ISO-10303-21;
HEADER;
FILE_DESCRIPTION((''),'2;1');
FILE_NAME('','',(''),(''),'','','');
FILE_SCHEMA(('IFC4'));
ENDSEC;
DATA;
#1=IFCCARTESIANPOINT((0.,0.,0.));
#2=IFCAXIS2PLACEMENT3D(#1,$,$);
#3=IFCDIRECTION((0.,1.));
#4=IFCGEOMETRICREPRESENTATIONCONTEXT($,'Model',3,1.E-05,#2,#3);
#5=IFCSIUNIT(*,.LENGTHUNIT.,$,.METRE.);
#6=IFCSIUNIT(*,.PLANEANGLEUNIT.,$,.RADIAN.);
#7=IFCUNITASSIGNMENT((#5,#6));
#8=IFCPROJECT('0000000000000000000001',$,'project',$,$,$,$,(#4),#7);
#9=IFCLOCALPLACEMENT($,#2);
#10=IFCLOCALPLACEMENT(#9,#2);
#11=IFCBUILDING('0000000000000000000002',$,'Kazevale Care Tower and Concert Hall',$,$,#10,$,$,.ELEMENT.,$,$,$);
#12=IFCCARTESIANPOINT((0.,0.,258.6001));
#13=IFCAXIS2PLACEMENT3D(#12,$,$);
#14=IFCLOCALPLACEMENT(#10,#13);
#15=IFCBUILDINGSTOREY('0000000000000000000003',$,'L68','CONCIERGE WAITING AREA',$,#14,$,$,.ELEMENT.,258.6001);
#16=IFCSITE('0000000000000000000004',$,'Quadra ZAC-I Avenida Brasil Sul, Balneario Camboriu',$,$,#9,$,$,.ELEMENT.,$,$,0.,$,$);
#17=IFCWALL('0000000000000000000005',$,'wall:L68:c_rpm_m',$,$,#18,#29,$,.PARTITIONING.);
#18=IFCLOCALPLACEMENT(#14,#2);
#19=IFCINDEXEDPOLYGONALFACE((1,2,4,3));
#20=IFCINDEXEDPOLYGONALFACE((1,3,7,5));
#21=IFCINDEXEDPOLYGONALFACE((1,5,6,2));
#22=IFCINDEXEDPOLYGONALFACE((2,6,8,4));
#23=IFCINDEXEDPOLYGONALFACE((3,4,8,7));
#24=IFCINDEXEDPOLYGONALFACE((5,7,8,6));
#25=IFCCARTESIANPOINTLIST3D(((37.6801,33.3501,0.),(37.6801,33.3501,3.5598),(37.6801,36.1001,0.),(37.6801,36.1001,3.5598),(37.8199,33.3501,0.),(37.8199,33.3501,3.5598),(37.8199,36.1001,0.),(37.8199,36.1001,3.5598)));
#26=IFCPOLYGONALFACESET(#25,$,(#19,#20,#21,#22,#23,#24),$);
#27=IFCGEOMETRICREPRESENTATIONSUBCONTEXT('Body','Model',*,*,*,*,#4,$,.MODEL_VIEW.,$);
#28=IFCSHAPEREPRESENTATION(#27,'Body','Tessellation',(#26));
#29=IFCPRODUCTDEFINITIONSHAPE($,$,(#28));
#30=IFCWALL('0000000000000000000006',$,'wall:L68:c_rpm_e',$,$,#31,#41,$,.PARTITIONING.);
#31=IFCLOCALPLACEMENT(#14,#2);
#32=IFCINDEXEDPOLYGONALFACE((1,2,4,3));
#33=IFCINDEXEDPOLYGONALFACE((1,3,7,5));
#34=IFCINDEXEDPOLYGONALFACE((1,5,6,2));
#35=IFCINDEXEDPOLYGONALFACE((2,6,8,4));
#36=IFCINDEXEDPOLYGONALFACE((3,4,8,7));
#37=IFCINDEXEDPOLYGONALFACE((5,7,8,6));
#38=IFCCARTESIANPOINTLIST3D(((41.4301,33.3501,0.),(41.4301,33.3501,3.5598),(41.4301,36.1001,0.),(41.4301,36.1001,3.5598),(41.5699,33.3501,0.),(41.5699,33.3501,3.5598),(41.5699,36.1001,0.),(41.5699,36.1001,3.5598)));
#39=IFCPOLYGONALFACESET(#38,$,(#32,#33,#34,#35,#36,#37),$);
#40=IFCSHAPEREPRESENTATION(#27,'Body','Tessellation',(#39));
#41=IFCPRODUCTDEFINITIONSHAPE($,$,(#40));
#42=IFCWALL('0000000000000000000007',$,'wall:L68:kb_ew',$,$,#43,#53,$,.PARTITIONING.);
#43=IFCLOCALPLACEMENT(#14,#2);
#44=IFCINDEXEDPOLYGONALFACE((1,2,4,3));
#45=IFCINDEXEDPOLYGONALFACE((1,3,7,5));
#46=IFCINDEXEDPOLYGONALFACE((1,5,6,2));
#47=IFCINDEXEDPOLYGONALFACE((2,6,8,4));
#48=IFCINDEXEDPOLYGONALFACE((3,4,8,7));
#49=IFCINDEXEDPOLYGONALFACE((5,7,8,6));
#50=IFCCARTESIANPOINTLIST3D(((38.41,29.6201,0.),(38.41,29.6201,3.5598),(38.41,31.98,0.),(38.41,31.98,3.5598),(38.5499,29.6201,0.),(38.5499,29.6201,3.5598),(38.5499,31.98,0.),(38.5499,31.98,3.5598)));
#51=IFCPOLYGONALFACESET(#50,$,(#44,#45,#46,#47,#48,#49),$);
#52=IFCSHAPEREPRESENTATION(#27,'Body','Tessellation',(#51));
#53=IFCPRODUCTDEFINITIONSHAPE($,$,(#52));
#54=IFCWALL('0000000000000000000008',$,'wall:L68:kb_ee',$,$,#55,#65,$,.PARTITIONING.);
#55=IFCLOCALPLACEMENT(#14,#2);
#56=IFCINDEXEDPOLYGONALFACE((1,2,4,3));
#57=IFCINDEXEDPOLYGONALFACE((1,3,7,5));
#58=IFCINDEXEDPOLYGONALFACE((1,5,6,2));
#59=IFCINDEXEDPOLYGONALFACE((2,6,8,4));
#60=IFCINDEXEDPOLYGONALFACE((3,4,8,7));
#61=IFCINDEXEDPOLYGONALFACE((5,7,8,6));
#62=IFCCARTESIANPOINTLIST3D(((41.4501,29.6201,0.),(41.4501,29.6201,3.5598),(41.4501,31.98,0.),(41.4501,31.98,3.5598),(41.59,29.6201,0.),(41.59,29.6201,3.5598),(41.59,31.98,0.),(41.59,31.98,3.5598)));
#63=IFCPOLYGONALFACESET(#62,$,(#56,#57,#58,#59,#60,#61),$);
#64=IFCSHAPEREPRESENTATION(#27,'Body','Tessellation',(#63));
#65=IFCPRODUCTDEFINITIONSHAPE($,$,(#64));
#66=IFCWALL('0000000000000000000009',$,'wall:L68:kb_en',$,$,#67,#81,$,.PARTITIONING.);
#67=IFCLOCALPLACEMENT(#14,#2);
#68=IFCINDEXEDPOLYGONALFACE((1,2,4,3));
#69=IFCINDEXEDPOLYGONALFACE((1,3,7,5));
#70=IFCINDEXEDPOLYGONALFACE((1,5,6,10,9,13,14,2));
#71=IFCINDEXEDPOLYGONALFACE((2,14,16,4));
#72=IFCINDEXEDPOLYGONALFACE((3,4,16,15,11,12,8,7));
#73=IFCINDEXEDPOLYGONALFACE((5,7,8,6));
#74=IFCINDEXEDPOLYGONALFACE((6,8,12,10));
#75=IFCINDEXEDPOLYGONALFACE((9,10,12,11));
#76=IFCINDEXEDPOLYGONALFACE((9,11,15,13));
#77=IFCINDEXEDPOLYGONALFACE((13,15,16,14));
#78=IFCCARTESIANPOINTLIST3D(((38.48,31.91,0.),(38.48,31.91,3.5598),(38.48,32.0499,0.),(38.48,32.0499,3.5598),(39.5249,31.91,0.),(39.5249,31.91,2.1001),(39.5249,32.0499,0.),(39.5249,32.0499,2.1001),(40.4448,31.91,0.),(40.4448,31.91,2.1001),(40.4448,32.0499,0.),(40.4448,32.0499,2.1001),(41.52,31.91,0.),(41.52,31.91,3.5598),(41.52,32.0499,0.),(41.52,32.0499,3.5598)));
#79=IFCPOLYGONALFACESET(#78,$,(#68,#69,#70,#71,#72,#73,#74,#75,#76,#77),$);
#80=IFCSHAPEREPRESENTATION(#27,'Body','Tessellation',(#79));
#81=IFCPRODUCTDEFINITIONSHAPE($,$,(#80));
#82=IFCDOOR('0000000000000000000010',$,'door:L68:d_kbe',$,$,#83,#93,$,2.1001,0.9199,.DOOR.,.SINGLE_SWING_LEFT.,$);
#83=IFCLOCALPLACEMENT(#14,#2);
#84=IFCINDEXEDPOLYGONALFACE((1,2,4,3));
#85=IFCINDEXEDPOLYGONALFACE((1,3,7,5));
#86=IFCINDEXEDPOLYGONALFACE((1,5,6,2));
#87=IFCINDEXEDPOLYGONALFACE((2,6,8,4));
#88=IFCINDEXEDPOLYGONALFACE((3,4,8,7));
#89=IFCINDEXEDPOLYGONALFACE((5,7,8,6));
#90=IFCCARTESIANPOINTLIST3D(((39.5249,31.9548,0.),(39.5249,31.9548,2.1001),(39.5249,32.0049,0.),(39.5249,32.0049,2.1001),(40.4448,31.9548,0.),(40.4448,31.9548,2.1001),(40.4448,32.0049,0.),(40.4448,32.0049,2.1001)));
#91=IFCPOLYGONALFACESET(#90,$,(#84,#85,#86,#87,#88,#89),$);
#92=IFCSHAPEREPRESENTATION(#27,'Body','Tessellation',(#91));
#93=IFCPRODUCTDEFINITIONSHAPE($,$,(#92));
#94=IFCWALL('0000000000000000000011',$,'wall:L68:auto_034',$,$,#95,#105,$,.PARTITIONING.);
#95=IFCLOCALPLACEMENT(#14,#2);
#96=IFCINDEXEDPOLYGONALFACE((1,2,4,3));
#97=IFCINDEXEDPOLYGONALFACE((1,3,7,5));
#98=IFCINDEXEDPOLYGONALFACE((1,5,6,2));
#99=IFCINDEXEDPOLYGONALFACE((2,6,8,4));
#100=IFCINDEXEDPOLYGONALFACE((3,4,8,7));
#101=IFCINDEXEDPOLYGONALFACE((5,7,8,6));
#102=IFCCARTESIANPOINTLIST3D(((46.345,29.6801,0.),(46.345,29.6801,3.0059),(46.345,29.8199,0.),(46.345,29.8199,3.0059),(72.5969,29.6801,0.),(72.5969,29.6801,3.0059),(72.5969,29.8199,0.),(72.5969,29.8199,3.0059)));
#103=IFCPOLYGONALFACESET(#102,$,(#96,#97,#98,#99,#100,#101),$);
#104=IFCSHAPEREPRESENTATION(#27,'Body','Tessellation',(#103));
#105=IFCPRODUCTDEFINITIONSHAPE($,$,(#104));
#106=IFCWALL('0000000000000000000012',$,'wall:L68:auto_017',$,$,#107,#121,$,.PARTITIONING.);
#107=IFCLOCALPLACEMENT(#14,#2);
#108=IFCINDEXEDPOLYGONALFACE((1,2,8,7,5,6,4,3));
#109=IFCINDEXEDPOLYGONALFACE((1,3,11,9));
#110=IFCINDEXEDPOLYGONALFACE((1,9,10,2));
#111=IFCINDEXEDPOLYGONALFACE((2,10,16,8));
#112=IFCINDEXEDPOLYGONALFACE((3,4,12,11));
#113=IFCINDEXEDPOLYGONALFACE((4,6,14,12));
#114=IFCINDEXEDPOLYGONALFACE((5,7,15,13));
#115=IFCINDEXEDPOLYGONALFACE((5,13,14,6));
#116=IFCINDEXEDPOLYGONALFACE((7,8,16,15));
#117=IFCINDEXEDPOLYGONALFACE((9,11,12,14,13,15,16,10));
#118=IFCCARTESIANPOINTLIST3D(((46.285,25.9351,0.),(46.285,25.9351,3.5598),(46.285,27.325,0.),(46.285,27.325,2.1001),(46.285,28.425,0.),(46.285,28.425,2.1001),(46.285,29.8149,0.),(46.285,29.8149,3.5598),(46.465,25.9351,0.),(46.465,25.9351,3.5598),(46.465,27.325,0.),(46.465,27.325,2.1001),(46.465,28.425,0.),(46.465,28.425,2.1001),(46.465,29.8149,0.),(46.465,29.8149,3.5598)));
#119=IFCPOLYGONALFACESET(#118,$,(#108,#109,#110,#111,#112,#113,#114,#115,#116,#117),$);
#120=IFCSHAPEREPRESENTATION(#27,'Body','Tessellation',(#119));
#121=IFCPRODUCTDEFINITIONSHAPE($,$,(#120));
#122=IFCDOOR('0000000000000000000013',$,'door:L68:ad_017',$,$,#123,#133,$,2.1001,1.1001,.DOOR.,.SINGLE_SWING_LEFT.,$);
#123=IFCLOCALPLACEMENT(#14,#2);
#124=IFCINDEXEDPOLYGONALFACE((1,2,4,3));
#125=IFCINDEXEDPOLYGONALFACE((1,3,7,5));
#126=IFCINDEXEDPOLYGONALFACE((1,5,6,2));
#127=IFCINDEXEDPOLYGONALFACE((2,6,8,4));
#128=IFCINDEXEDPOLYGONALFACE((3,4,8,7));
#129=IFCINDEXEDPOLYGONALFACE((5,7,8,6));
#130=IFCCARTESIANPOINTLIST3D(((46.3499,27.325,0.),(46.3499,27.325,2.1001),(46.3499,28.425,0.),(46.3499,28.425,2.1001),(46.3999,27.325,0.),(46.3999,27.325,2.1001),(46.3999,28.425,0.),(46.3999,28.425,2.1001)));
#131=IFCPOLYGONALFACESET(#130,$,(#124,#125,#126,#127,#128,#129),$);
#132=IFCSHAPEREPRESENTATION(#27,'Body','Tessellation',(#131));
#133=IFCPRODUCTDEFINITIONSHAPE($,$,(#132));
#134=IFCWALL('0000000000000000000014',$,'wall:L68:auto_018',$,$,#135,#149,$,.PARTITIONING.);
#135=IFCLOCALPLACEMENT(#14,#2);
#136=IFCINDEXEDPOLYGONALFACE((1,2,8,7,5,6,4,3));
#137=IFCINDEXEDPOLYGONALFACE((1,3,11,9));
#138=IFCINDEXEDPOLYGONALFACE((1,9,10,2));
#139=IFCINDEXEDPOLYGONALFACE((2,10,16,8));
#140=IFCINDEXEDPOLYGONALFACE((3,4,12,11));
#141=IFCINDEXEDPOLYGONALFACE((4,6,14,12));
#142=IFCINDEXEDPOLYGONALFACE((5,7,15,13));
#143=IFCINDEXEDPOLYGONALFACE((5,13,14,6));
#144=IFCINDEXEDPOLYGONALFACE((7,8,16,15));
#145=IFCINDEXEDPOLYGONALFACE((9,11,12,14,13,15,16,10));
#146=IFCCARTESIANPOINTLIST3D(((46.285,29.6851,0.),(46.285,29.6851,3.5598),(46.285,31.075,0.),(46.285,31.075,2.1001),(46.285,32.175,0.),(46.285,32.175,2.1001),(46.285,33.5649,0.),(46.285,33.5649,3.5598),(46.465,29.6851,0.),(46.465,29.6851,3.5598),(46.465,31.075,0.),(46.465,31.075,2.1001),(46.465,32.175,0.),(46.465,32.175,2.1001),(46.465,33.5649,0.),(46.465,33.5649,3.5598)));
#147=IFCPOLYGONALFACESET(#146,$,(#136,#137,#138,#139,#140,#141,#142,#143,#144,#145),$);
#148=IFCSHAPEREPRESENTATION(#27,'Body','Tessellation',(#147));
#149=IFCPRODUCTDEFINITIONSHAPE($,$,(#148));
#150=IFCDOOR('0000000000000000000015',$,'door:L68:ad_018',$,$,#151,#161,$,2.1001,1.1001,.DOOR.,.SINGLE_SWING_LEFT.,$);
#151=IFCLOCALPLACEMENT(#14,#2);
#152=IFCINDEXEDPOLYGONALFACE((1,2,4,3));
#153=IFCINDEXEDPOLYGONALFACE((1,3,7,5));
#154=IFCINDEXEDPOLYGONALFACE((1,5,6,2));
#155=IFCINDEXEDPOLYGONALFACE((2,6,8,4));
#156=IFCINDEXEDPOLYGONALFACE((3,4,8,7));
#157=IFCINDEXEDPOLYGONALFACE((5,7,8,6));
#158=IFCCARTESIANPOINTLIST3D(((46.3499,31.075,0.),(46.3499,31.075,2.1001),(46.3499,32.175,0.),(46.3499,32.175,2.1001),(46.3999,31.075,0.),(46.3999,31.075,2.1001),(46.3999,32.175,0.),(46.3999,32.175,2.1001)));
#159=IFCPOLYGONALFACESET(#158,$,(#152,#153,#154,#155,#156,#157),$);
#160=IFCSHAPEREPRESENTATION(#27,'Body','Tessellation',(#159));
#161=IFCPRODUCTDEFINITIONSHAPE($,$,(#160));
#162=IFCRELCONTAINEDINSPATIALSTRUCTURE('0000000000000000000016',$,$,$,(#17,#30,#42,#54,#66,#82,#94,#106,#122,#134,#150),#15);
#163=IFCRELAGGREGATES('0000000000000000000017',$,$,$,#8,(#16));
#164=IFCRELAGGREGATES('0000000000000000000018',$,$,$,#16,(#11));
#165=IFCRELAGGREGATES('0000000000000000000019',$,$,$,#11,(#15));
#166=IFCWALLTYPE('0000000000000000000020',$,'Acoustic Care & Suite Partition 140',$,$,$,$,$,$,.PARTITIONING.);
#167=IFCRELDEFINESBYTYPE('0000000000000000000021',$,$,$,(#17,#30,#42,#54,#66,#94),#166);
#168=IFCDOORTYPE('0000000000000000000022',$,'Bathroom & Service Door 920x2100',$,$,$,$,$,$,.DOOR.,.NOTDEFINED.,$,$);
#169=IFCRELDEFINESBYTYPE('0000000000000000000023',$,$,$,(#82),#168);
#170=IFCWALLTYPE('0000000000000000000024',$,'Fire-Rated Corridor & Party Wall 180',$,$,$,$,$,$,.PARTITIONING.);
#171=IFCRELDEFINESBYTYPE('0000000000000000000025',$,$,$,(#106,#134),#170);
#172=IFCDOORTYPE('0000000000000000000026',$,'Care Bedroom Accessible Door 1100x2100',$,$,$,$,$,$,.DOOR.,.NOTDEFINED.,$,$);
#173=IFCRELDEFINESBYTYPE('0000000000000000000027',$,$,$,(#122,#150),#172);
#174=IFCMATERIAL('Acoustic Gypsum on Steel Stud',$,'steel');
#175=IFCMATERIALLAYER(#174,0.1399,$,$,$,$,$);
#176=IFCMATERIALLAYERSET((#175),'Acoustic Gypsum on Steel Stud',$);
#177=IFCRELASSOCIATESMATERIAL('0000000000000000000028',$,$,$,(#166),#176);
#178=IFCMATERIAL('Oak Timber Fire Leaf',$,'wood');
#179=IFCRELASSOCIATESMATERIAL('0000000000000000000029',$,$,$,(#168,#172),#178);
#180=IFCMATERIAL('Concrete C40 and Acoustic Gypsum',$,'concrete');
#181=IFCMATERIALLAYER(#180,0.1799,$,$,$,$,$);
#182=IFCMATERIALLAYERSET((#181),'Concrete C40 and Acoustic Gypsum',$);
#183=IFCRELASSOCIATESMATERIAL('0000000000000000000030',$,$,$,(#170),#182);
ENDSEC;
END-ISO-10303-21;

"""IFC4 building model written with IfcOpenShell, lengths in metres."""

from ifc_helpers import new_model, si_unit, direction, frame, frame_2d, origin, place, context, subcontext, project, spatial, rectangle, extrude, material, layer, layer_set, type_object, element, fill, save


model = new_model("IFC4")

# Units and contexts
model_context = context("Model", 3, precision=1e-05, world=origin(), true_north=direction((0.0, 1.0)))
body_context = subcontext(model_context, "Body", "Model", "MODEL_VIEW")
ifc_project = project(units=[si_unit("LENGTHUNIT", "METRE"), si_unit("PLANEANGLEUNIT", "RADIAN")], contexts=[model_context])

# Site, building, storey
site_placement = place(None, origin())
site = spatial("IfcSite", under=ifc_project, at=site_placement, Name="Quadra ZAC-I Avenida Brasil Sul, Balneario Camboriu", CompositionType="ELEMENT", RefElevation=0.0)
building_placement = place(site_placement, origin())
building = spatial("IfcBuilding", under=site, at=building_placement, Name="Kazevale Care Tower and Concert Hall", CompositionType="ELEMENT")
storey_placement = place(building_placement, frame((0.0, 0.0, 258.6001)))
storey = spatial("IfcBuildingStorey", under=building, at=storey_placement, Name="L68", Description="CONCIERGE WAITING AREA", CompositionType="ELEMENT", Elevation=258.6001)

# Shared definitions
ifc_material_1 = material(Name="Acoustic Gypsum on Steel Stud", Category="steel")
ifc_layer_1 = layer(ifc_material_1, 0.1399)
ifc_layer_set_1 = layer_set([ifc_layer_1], Name="Acoustic Gypsum on Steel Stud")
wall_type_1 = type_object("IfcWallType", Name="Acoustic Care & Suite Partition 140", PredefinedType="PARTITIONING", material=ifc_layer_set_1)
ifc_material_2 = material(Name="Oak Timber Fire Leaf", Category="wood")
door_type_1 = type_object("IfcDoorType", Name="Bathroom & Service Door 920x2100", OperationType="NOTDEFINED", PredefinedType="DOOR", material=ifc_material_2)

# Walls
for number, where, z_axis, x_axis, name in (
    (1, (37.75, 33.3501, 0.0), (0.0, 0.0, 1.0), (0.0, 1.0, 0.0), "wall:L68:c_rpm_m"),
    (2, (41.5, 33.3501, 0.0), (0.0, 0.0, 1.0), (0.0, 1.0, 0.0), "wall:L68:c_rpm_e"),
):
    element("IfcWall", number, at=place(storey_placement, frame(where, z_axis=z_axis, x_axis=x_axis)), inside=storey, type_object=wall_type_1, Name=name, PredefinedType="PARTITIONING", context=body_context, shape_type="SweptSolid", body=[
        extrude(rectangle(XDim=2.75, YDim=0.1399, at=frame_2d((1.375, 0.0))), origin(), (0.0, 0.0, 1.0), 3.5598),
    ])
for number, where, z_axis, x_axis, name in (
    (3, (38.48, 29.6201, 0.0), (0.0, 0.0, 1.0), (0.0, 1.0, 0.0), "wall:L68:kb_ew"),
    (4, (41.52, 29.6201, 0.0), (0.0, 0.0, 1.0), (0.0, 1.0, 0.0), "wall:L68:kb_ee"),
):
    element("IfcWall", number, at=place(storey_placement, frame(where, z_axis=z_axis, x_axis=x_axis)), inside=storey, type_object=wall_type_1, Name=name, PredefinedType="PARTITIONING", context=body_context, shape_type="SweptSolid", body=[
        extrude(rectangle(XDim=2.3599, YDim=0.1399, at=frame_2d((1.1799, 0.0))), origin(), (0.0, 0.0, 1.0), 3.5598),
    ])

# Wall, opening, door
wall_1_placement = place(storey_placement, frame((38.48, 31.98, 0.0), z_axis=(0.0, 0.0, 1.0), x_axis=(1.0, 0.0, 0.0)))
wall_1 = element("IfcWall", 5, at=wall_1_placement, inside=storey, type_object=wall_type_1, Name="wall:L68:kb_en", PredefinedType="PARTITIONING", context=body_context, shape_type="SweptSolid", body=[
    extrude(rectangle(XDim=3.04, YDim=0.1399, at=frame_2d((1.52, 0.0))), origin(), (0.0, 0.0, 1.0), 3.5598),
])
opening_1_placement = place(wall_1_placement, frame((1.0449, 0.0, 0.0)))
opening_1 = element("IfcOpeningElement", 6, at=opening_1_placement, cuts=wall_1, PredefinedType="OPENING", context=body_context, shape_type="SweptSolid", body=[
    extrude(rectangle(XDim=0.9199, YDim=2.1001, at=frame_2d((0.46, 1.05))), frame((0.0, 0.0798, 0.0), z_axis=(0.0, -1.0, 0.0), x_axis=(1.0, 0.0, 0.0)), (0.0, 0.0, 1.0), 0.1599),
])
door_1_placement = place(opening_1_placement, origin())
door_1 = element("IfcDoor", 7, at=door_1_placement, inside=storey, type_object=door_type_1, Name="door:L68:d_kbe", OperationType="SINGLE_SWING_LEFT", OverallHeight=2.1001, OverallWidth=0.9199, PredefinedType="DOOR", context=body_context, shape_type="SweptSolid", body=[
    extrude(rectangle(XDim=0.9199, YDim=2.1001, at=frame_2d((0.46, 1.05))), frame((0.0, 0.0249, 0.0), z_axis=(0.0, -1.0, 0.0), x_axis=(1.0, 0.0, 0.0)), (0.0, 0.0, 1.0), 0.05),
])
fill(opening_1, door_1)

# Wall
wall_2_placement = place(storey_placement, frame((46.345, 29.75, 0.0), z_axis=(0.0, 0.0, 1.0), x_axis=(1.0, 0.0, 0.0)))
element("IfcWall", 8, at=wall_2_placement, inside=storey, type_object=wall_type_1, Name="wall:L68:auto_034", PredefinedType="PARTITIONING", context=body_context, shape_type="SweptSolid", body=[
    extrude(rectangle(XDim=26.252, YDim=0.1399, at=frame_2d((13.126, 0.0))), origin(), (0.0, 0.0, 1.0), 3.0059),
])

# Walls, openings, doors
ifc_material_3 = material(Name="Concrete C40 and Acoustic Gypsum", Category="concrete")
ifc_layer_2 = layer(ifc_material_3, 0.1799)
ifc_layer_set_2 = layer_set([ifc_layer_2], Name="Concrete C40 and Acoustic Gypsum")
wall_type_2 = type_object("IfcWallType", Name="Fire-Rated Corridor & Party Wall 180", PredefinedType="PARTITIONING", material=ifc_layer_set_2)
wall_3_placement = place(storey_placement, frame((46.375, 29.8149, 0.0), z_axis=(0.0, 0.0, 1.0), x_axis=(0.0, -1.0, 0.0)))
wall_3 = element("IfcWall", 9, at=wall_3_placement, inside=storey, type_object=wall_type_2, Name="wall:L68:auto_017", PredefinedType="PARTITIONING", context=body_context, shape_type="SweptSolid", body=[
    extrude(rectangle(XDim=3.8799, YDim=0.1799, at=frame_2d((1.9399, 0.0))), origin(), (0.0, 0.0, 1.0), 3.5598),
])
opening_2_placement = place(wall_3_placement, frame((1.3899, 0.0, 0.0)))
opening_2 = element("IfcOpeningElement", 10, at=opening_2_placement, cuts=wall_3, PredefinedType="OPENING", context=body_context, shape_type="SweptSolid", body=[
    extrude(rectangle(XDim=1.1001, YDim=2.1001, at=frame_2d((0.55, 1.05))), frame((0.0, 0.0999, 0.0), z_axis=(0.0, -1.0, 0.0), x_axis=(1.0, 0.0, 0.0)), (0.0, 0.0, 1.0), 0.2),
])
door_type_2 = type_object("IfcDoorType", Name="Care Bedroom Accessible Door 1100x2100", OperationType="NOTDEFINED", PredefinedType="DOOR", material=ifc_material_2)
door_2_placement = place(opening_2_placement, origin())
door_2 = element("IfcDoor", 11, at=door_2_placement, inside=storey, type_object=door_type_2, Name="door:L68:ad_017", OperationType="SINGLE_SWING_LEFT", OverallHeight=2.1001, OverallWidth=1.1001, PredefinedType="DOOR", context=body_context, shape_type="SweptSolid", body=[
    extrude(rectangle(XDim=1.1001, YDim=2.1001, at=frame_2d((0.55, 1.05))), frame((0.0, 0.0249, 0.0), z_axis=(0.0, -1.0, 0.0), x_axis=(1.0, 0.0, 0.0)), (0.0, 0.0, 1.0), 0.05),
])
fill(opening_2, door_2)
wall_4_placement = place(storey_placement, frame((46.375, 33.5649, 0.0), z_axis=(0.0, 0.0, 1.0), x_axis=(0.0, -1.0, 0.0)))
wall_4 = element("IfcWall", 12, at=wall_4_placement, inside=storey, type_object=wall_type_2, Name="wall:L68:auto_018", PredefinedType="PARTITIONING", context=body_context, shape_type="SweptSolid", body=[
    extrude(rectangle(XDim=3.8799, YDim=0.1799, at=frame_2d((1.9399, 0.0))), origin(), (0.0, 0.0, 1.0), 3.5598),
])
opening_3_placement = place(wall_4_placement, frame((1.3899, 0.0, 0.0)))
opening_3 = element("IfcOpeningElement", 13, at=opening_3_placement, cuts=wall_4, PredefinedType="OPENING", context=body_context, shape_type="SweptSolid", body=[
    extrude(rectangle(XDim=1.1001, YDim=2.1001, at=frame_2d((0.55, 1.05))), frame((0.0, 0.0999, 0.0), z_axis=(0.0, -1.0, 0.0), x_axis=(1.0, 0.0, 0.0)), (0.0, 0.0, 1.0), 0.2),
])
door_3_placement = place(opening_3_placement, origin())
door_3 = element("IfcDoor", 14, at=door_3_placement, inside=storey, type_object=door_type_2, Name="door:L68:ad_018", OperationType="SINGLE_SWING_LEFT", OverallHeight=2.1001, OverallWidth=1.1001, PredefinedType="DOOR", context=body_context, shape_type="SweptSolid", body=[
    extrude(rectangle(XDim=1.1001, YDim=2.1001, at=frame_2d((0.55, 1.05))), frame((0.0, 0.0249, 0.0), z_axis=(0.0, -1.0, 0.0), x_axis=(1.0, 0.0, 0.0)), (0.0, 0.0, 1.0), 0.05),
])
fill(opening_3, door_3)

save(model, "model.ifc")
